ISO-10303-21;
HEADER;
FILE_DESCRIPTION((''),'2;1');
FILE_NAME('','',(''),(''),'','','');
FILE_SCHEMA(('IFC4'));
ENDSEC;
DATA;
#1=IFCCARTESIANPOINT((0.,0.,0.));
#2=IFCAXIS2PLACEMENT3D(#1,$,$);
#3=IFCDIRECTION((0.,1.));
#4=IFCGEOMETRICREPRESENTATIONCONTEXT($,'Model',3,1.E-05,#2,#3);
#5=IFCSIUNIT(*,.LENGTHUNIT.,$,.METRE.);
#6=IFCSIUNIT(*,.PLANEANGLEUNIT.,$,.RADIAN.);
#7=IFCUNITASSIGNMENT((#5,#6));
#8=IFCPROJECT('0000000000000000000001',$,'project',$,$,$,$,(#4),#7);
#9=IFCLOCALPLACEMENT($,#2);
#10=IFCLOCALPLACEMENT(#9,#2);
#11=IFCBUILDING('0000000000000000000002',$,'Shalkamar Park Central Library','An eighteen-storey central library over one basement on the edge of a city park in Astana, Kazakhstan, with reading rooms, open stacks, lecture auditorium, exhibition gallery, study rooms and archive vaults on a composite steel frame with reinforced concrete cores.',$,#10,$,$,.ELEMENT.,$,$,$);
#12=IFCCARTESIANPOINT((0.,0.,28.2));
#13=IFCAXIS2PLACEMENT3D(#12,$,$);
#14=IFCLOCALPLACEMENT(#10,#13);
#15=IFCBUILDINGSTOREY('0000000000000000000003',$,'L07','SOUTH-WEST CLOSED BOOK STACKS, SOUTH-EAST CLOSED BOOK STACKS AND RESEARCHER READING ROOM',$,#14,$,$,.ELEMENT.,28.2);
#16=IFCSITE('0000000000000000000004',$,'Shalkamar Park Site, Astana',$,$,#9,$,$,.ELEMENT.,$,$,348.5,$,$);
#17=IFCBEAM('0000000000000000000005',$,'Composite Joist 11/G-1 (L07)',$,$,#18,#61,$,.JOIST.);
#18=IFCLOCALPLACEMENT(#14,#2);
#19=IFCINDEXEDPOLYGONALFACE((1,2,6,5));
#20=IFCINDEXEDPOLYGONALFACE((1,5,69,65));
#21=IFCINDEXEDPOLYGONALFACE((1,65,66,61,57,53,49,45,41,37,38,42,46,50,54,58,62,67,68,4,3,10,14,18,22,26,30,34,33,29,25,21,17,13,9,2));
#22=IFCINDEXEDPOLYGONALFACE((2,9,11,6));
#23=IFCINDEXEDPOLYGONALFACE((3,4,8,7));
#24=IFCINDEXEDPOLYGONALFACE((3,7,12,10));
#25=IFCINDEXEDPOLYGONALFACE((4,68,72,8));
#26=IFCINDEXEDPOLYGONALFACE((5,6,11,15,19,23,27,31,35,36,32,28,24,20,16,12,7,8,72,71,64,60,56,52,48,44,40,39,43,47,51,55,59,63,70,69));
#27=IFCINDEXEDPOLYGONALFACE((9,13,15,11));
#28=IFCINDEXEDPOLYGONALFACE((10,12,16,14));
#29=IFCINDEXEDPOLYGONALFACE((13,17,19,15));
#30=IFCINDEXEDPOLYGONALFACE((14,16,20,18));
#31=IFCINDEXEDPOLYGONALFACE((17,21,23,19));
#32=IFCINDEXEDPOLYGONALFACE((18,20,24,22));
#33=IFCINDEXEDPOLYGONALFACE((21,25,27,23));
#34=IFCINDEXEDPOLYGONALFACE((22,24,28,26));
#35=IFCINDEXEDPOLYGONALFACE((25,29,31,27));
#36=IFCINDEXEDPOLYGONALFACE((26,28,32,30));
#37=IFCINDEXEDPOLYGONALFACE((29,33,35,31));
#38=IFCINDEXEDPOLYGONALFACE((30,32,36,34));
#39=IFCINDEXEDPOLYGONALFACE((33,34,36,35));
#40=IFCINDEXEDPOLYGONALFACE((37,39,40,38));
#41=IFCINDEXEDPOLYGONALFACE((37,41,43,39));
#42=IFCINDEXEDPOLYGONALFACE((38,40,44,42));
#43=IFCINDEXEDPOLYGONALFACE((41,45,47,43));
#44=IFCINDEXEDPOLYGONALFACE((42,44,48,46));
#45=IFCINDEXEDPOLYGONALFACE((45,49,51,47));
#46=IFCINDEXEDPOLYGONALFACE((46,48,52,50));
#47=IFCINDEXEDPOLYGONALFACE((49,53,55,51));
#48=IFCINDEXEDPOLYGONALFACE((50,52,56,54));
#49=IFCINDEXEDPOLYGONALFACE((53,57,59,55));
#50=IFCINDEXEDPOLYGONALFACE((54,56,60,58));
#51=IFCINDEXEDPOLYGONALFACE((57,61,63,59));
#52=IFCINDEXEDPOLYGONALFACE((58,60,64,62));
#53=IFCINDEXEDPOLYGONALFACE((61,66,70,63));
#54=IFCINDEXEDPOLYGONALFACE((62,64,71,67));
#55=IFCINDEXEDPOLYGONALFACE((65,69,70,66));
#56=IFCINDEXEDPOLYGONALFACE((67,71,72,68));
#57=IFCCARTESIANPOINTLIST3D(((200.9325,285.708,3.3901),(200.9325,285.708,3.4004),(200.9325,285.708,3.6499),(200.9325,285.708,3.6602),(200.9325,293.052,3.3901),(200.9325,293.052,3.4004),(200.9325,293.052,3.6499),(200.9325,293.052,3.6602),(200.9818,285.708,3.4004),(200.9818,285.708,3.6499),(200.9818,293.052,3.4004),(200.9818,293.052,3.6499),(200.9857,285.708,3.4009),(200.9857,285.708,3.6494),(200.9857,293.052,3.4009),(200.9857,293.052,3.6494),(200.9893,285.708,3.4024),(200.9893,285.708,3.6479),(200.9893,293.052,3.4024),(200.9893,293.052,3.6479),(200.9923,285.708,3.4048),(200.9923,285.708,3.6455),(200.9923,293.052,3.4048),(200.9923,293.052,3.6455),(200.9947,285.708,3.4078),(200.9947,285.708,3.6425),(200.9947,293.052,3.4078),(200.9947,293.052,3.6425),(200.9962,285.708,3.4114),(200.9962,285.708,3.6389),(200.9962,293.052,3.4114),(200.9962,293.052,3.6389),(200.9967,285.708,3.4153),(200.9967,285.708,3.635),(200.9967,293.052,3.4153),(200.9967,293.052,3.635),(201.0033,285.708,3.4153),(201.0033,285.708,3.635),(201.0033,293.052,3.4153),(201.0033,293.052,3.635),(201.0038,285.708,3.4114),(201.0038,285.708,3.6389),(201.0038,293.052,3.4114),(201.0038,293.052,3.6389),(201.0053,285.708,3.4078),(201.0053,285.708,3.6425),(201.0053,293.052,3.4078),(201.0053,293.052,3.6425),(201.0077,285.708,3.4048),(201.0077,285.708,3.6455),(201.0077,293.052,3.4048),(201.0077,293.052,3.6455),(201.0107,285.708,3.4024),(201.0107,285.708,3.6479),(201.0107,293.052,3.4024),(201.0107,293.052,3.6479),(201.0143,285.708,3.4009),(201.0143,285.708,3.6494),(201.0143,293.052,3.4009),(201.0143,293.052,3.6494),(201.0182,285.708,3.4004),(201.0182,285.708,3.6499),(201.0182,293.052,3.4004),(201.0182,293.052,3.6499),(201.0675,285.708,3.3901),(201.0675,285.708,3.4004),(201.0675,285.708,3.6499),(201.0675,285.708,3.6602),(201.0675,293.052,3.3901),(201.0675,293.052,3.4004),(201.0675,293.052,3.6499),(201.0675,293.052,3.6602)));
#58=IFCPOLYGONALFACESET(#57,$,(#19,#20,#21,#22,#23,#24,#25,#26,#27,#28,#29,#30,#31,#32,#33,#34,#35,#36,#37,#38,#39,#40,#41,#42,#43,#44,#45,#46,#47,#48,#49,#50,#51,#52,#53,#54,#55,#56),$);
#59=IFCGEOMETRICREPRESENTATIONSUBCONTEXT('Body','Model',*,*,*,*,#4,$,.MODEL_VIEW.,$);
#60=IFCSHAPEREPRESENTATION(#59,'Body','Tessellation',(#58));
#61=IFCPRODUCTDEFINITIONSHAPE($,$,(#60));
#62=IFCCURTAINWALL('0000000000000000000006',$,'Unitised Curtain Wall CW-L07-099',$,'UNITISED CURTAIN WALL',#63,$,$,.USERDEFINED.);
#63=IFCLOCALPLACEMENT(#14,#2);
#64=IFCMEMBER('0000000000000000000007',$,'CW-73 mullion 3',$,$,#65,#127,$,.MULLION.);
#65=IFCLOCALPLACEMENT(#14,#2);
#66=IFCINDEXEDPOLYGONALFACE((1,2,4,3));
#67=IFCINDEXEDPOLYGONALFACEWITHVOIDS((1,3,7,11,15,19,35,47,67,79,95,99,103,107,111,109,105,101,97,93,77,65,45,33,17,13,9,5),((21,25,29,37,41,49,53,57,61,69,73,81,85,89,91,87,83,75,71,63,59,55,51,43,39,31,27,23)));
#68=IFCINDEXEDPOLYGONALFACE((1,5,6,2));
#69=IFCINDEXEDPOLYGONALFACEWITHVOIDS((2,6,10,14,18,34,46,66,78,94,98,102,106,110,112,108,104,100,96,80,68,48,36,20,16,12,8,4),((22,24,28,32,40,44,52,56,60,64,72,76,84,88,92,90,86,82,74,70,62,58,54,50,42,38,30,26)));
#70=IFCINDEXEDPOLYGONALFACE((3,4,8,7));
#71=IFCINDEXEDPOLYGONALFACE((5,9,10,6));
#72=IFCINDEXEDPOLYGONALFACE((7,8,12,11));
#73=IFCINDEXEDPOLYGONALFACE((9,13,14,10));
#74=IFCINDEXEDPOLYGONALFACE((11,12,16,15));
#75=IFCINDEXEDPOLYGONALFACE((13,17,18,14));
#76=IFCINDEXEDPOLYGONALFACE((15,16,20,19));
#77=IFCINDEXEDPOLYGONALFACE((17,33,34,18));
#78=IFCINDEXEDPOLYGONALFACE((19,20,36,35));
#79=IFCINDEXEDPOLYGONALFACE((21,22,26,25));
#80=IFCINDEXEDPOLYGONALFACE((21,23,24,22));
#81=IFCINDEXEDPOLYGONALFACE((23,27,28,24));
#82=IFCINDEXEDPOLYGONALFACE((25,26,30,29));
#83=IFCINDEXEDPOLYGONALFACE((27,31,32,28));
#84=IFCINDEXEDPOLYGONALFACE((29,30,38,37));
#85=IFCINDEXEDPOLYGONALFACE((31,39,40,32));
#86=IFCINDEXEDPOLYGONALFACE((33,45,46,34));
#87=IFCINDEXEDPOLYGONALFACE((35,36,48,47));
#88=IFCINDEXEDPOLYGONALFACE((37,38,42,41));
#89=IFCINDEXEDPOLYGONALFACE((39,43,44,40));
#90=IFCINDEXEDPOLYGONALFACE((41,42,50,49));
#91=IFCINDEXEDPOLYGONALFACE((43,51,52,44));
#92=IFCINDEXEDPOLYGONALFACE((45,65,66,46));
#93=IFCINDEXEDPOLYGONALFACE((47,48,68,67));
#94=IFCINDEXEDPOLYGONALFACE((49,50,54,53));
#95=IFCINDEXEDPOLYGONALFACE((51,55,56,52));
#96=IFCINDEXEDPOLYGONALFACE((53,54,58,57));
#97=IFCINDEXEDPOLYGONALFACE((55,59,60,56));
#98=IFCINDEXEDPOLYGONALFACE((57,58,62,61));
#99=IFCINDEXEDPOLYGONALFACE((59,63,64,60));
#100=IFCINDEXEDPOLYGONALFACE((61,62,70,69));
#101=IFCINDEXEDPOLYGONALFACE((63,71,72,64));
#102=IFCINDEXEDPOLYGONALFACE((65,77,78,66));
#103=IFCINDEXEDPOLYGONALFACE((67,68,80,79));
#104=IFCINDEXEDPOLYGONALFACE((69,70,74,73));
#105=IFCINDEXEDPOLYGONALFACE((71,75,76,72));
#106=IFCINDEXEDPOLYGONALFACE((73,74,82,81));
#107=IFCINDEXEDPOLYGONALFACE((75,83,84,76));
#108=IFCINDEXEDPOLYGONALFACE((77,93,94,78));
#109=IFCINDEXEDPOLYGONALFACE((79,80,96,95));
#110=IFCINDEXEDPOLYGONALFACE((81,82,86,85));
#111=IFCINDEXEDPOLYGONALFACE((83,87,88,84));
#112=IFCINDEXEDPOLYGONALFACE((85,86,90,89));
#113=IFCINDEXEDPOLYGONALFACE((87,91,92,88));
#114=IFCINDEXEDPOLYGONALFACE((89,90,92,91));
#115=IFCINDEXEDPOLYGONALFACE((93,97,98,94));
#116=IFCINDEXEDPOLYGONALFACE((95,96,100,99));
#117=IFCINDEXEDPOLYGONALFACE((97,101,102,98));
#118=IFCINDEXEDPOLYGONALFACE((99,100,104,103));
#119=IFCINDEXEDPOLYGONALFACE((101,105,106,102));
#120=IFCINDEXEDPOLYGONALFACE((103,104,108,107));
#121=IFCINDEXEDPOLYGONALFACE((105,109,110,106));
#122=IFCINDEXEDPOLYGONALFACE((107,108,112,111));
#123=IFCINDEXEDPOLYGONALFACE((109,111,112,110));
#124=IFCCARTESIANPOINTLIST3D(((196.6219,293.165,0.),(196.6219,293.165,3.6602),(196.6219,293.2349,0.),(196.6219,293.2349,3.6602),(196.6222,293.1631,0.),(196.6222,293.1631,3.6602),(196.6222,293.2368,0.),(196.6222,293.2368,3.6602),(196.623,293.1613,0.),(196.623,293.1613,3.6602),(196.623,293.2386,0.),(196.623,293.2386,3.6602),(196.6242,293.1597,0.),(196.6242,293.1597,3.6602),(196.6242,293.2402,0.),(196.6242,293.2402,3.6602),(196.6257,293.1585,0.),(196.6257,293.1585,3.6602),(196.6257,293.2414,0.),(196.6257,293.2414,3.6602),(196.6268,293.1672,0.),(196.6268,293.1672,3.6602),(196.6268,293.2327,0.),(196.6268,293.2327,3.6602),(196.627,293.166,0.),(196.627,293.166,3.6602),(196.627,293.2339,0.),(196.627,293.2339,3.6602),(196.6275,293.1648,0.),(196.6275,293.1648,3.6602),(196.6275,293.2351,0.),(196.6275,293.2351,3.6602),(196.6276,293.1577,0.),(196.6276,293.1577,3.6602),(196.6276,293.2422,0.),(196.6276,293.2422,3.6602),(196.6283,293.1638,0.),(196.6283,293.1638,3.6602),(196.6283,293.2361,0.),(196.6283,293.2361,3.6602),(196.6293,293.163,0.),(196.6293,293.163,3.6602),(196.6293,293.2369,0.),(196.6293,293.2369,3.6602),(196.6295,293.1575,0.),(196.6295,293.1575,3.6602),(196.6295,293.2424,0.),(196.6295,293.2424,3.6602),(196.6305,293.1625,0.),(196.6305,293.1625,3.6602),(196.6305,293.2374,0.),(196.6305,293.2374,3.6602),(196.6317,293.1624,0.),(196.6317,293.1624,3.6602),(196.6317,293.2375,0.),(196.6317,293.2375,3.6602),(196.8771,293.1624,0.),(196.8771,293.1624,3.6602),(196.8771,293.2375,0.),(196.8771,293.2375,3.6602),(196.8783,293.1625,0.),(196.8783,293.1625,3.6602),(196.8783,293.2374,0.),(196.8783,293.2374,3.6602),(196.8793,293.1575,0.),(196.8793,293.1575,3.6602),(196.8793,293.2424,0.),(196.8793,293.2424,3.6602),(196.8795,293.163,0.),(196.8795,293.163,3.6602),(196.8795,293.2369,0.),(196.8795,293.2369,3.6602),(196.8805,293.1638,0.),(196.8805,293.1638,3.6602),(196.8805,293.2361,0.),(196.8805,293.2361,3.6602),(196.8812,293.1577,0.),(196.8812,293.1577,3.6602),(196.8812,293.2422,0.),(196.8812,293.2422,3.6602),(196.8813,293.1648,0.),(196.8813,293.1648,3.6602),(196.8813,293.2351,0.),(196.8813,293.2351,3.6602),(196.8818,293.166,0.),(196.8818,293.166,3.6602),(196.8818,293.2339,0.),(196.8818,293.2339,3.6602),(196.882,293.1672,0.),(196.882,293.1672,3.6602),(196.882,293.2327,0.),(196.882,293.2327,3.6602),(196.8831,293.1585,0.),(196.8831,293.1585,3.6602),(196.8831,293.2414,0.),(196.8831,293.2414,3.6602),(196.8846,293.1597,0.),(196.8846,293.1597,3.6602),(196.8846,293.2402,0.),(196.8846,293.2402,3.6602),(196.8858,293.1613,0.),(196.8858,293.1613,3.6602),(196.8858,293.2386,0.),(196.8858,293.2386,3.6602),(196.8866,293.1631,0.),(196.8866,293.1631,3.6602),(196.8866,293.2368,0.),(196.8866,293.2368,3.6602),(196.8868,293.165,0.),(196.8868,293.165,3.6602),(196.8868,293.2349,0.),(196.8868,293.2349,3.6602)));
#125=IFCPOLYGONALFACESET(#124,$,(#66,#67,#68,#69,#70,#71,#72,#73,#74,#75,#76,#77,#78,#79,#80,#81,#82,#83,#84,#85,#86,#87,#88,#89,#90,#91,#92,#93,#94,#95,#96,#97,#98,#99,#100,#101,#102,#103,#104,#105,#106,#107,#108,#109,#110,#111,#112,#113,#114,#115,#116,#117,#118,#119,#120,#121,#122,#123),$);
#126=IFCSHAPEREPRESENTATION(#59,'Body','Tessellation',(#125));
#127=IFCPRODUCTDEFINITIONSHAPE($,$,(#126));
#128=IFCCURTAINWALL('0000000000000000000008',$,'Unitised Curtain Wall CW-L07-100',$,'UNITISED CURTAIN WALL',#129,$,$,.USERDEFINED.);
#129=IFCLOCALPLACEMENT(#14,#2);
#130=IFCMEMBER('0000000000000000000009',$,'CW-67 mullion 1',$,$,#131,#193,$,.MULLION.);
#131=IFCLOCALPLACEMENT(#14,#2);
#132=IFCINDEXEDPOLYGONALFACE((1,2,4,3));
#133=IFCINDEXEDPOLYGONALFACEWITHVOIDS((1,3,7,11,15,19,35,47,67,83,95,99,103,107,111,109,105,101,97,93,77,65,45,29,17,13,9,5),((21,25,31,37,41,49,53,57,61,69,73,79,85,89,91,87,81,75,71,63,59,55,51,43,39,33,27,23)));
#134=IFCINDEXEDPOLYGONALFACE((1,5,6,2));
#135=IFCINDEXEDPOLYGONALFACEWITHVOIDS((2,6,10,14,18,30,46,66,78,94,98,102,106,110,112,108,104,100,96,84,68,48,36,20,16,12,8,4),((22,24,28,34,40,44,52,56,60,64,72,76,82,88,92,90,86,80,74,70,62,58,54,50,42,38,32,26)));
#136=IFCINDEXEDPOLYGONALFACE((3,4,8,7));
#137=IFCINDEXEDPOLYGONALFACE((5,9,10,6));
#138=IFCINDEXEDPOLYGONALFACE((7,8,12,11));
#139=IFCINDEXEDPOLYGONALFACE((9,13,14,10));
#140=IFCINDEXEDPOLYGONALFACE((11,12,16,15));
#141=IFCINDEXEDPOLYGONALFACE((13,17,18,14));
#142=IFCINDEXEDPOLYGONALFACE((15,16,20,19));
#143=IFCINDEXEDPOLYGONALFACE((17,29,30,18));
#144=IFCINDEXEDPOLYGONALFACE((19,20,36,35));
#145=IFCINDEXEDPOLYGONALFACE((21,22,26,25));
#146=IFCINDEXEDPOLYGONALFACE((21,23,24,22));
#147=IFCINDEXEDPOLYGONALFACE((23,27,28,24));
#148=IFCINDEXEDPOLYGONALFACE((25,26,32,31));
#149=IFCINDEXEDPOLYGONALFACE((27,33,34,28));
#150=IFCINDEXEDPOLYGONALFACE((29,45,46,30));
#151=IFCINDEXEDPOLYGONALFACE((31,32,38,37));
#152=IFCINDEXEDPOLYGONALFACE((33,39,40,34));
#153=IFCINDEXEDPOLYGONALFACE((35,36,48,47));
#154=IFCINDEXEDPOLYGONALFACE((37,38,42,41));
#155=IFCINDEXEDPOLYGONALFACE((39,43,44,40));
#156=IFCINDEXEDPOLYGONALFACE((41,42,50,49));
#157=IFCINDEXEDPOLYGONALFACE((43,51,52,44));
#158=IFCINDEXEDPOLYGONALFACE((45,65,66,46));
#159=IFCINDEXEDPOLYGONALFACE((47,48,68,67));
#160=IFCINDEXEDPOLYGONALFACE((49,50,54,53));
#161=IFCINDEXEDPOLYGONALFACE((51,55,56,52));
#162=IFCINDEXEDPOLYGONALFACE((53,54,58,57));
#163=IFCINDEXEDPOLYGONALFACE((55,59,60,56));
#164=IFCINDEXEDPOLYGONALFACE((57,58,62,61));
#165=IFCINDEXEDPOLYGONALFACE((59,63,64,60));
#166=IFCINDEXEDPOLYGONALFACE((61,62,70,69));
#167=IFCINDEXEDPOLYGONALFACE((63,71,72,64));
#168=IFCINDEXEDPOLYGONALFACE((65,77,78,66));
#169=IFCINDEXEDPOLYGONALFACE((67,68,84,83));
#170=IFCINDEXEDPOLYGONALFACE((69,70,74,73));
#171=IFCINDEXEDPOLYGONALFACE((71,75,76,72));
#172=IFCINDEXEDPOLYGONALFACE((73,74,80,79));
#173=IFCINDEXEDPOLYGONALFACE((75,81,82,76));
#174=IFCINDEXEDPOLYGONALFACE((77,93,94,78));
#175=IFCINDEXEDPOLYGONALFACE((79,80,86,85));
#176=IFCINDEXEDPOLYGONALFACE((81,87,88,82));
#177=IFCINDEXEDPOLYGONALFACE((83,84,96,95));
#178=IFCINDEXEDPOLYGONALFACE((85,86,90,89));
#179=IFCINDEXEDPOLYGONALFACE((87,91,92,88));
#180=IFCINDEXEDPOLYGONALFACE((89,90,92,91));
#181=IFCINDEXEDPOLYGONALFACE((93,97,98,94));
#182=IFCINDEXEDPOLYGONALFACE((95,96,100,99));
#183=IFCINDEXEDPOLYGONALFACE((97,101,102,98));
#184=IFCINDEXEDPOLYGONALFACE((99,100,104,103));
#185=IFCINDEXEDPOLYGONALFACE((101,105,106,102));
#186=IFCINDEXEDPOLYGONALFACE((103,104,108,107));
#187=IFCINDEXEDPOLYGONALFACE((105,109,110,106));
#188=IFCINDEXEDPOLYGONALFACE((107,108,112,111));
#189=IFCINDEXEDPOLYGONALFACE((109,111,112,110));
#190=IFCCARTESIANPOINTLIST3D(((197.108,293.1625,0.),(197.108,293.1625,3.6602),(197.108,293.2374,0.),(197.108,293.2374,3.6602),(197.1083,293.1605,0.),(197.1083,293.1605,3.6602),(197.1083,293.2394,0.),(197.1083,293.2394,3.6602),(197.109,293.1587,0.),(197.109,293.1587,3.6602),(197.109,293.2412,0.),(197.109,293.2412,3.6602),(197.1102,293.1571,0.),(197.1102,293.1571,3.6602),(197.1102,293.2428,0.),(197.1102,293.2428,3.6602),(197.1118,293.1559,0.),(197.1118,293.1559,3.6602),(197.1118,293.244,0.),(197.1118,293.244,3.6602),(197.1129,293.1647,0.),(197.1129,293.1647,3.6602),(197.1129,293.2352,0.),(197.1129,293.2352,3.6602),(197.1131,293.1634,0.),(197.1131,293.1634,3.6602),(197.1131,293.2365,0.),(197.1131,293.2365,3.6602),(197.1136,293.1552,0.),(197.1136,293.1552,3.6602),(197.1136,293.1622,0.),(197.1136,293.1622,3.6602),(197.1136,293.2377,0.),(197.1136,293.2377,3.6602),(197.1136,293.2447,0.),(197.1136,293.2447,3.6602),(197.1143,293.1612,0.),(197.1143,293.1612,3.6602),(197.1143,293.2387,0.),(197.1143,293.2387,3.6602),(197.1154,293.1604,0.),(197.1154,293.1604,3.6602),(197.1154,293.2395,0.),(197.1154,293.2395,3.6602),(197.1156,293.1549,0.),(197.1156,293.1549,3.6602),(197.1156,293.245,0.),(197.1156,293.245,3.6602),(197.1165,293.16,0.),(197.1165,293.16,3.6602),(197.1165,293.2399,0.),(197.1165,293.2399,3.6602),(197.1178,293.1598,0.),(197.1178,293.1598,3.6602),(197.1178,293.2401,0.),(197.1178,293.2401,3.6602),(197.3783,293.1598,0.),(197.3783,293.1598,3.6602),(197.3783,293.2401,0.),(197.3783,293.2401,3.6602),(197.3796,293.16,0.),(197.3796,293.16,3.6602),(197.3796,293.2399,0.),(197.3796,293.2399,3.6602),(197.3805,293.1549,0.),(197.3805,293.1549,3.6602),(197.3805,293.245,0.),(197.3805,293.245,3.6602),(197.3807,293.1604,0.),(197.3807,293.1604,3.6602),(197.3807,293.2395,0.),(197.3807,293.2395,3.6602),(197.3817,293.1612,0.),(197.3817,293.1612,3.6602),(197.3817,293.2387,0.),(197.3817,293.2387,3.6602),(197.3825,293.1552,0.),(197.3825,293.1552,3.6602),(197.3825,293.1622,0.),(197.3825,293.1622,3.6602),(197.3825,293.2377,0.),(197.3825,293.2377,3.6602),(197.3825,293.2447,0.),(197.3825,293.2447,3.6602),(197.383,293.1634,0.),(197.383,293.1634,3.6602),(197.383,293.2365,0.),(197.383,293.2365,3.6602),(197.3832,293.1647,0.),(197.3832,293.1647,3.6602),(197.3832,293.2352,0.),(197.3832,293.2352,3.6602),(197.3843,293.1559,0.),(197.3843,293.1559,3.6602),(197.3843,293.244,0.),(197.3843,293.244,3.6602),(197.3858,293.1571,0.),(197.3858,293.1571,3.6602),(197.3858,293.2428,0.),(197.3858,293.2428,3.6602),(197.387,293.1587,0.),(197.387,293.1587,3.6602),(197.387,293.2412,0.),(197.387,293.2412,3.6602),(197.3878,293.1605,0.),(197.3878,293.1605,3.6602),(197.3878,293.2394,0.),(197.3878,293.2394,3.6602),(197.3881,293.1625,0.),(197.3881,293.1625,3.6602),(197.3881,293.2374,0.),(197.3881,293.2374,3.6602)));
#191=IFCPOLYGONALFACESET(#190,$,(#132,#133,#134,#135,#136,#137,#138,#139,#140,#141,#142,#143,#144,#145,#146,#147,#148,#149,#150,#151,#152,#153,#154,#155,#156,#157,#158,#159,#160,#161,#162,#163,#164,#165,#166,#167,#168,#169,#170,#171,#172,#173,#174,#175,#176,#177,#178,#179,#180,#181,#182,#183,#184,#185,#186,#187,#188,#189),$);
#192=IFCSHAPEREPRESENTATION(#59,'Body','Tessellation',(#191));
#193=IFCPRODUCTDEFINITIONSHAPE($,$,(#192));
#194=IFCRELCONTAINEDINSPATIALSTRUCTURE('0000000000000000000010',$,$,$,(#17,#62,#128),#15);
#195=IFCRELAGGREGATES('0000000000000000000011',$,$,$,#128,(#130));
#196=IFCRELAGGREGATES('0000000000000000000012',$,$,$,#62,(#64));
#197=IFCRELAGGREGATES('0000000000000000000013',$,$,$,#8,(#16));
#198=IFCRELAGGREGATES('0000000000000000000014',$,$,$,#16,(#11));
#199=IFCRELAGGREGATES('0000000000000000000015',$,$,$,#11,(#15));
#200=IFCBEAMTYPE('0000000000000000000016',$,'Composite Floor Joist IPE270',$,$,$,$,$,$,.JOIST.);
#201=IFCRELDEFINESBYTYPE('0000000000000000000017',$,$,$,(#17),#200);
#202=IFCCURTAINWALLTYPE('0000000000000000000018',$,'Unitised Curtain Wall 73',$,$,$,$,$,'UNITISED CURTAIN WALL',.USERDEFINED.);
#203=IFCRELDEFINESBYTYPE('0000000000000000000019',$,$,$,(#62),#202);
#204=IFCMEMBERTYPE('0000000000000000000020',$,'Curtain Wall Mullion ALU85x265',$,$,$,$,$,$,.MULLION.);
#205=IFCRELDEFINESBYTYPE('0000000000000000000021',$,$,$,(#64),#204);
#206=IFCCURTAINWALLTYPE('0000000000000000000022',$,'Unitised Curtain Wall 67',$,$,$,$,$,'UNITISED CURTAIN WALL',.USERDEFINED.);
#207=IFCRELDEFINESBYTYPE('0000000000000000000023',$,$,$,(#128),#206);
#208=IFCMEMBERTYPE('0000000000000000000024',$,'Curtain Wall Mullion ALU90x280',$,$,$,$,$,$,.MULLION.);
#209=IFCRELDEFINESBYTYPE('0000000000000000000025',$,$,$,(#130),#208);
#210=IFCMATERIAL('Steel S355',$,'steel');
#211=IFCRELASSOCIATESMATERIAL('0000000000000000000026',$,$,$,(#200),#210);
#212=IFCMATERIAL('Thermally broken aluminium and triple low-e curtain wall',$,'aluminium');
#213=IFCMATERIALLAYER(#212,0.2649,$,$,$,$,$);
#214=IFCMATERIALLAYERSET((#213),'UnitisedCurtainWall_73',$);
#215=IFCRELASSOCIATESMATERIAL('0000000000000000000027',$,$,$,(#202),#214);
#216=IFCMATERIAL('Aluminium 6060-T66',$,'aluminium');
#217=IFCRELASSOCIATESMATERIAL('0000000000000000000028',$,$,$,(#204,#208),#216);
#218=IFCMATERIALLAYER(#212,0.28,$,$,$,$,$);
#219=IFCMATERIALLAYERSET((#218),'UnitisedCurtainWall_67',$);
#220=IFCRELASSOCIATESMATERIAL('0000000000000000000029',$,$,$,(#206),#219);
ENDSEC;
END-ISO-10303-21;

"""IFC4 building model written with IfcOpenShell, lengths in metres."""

from ifc_helpers import new_model, si_unit, direction, frame, origin, origin_2d, place, context, subcontext, project, spatial, hollow_rectangle, i_section, extrude, material, layer, layer_set, material_profile, profile_set, type_object, element, aggregate, save


model = new_model("IFC4")

# Units and contexts
model_context = context("Model", 3, precision=1e-05, world=origin(), true_north=direction((0.0, 1.0)))
body_context = subcontext(model_context, "Body", "Model", "MODEL_VIEW")
ifc_project = project(units=[si_unit("LENGTHUNIT", "METRE"), si_unit("PLANEANGLEUNIT", "RADIAN")], contexts=[model_context])

# Site, building, storey
site_placement = place(None, origin())
site = spatial("IfcSite", under=ifc_project, at=site_placement, Name="Shalkamar Park Site, Astana", CompositionType="ELEMENT", RefElevation=348.5)
building_placement = place(site_placement, origin())
building = spatial("IfcBuilding", under=site, at=building_placement, Name="Shalkamar Park Central Library", Description="An eighteen-storey central library over one basement on the edge of a city park in Astana, Kazakhstan, with reading rooms, open stacks, lecture auditorium, exhibition gallery, study rooms and archive vaults on a composite steel frame with reinforced concrete cores.", CompositionType="ELEMENT")
storey_placement = place(building_placement, frame((0.0, 0.0, 28.2)))
storey = spatial("IfcBuildingStorey", under=building, at=storey_placement, Name="L07", Description="SOUTH-WEST CLOSED BOOK STACKS, SOUTH-EAST CLOSED BOOK STACKS AND RESEARCHER READING ROOM", CompositionType="ELEMENT", Elevation=28.2)

# Shared definitions
ifc_material_1 = material(Name="Steel S355", Category="steel")

# Beam
ifc_material_profile_1 = material_profile(ifc_material_1, i_section(OverallWidth=0.135, OverallDepth=0.27, WebThickness=0.0066, FlangeThickness=0.0103, FilletRadius=0.0149, at=origin_2d()), Name="IPE 270")
ifc_profile_set_1 = profile_set([ifc_material_profile_1], Name="Steel S355")
beam_type_1 = type_object("IfcBeamType", Name="Composite Floor Joist IPE270", PredefinedType="JOIST", material=ifc_profile_set_1)
beam_1_placement = place(storey_placement, frame((201.0, 285.708, 3.5251), z_axis=(0.0, 1.0, 0.0), x_axis=(-1.0, 0.0, 0.0)))
element("IfcBeam", 1, at=beam_1_placement, inside=storey, type_object=beam_type_1, Name="Composite Joist 11/G-1 (L07)", PredefinedType="JOIST", context=body_context, shape_type="SweptSolid", body=[
    extrude(i_section(OverallWidth=0.135, OverallDepth=0.27, WebThickness=0.0066, FlangeThickness=0.0103, FilletRadius=0.0149, at=origin_2d()), origin(), (0.0, 0.0, 1.0), 7.344),
])

# Curtain wall, member
ifc_material_2 = material(Name="Thermally broken aluminium and triple low-e curtain wall", Category="aluminium")
ifc_layer_1 = layer(ifc_material_2, 0.2649)
ifc_layer_set_1 = layer_set([ifc_layer_1], Name="UnitisedCurtainWall_73")
curtain_wall_type_1 = type_object("IfcCurtainWallType", Name="Unitised Curtain Wall 73", ElementType="UNITISED CURTAIN WALL", PredefinedType="USERDEFINED", material=ifc_layer_set_1)
curtain_wall_1_placement = place(storey_placement, origin())
curtain_wall_1 = element("IfcCurtainWall", 2, at=curtain_wall_1_placement, inside=storey, type_object=curtain_wall_type_1, Name="Unitised Curtain Wall CW-L07-099", ObjectType="UNITISED CURTAIN WALL", PredefinedType="USERDEFINED")
ifc_material_3 = material(Name="Aluminium 6060-T66", Category="aluminium")
ifc_material_profile_2 = material_profile(ifc_material_3, hollow_rectangle(XDim=0.085, YDim=0.2649, WallThickness=0.0049, InnerFilletRadius=0.0049, OuterFilletRadius=0.0076, at=origin_2d()), Name="ALU 85x265x5")
ifc_profile_set_2 = profile_set([ifc_material_profile_2], Name="Aluminium 6060-T66")
member_type_1 = type_object("IfcMemberType", Name="Curtain Wall Mullion ALU85x265", PredefinedType="MULLION", material=ifc_profile_set_2)
member_1_placement = place(storey_placement, frame((196.7544, 293.2, 0.0), z_axis=(0.0, 0.0, 1.0), x_axis=(0.0, 1.0, 0.0)))
member_1 = element("IfcMember", 3, at=member_1_placement, type_object=member_type_1, Name="CW-73 mullion 3", PredefinedType="MULLION", context=body_context, shape_type="SweptSolid", body=[
    extrude(hollow_rectangle(XDim=0.085, YDim=0.2649, WallThickness=0.0049, InnerFilletRadius=0.0049, OuterFilletRadius=0.0076, at=origin_2d()), origin(), (0.0, 0.0, 1.0), 3.6602),
])

# Curtain wall, member
ifc_layer_2 = layer(ifc_material_2, 0.28)
ifc_layer_set_2 = layer_set([ifc_layer_2], Name="UnitisedCurtainWall_67")
curtain_wall_type_2 = type_object("IfcCurtainWallType", Name="Unitised Curtain Wall 67", ElementType="UNITISED CURTAIN WALL", PredefinedType="USERDEFINED", material=ifc_layer_set_2)
curtain_wall_2_placement = place(storey_placement, origin())
curtain_wall_2 = element("IfcCurtainWall", 4, at=curtain_wall_2_placement, inside=storey, type_object=curtain_wall_type_2, Name="Unitised Curtain Wall CW-L07-100", ObjectType="UNITISED CURTAIN WALL", PredefinedType="USERDEFINED")
ifc_material_profile_3 = material_profile(ifc_material_3, hollow_rectangle(XDim=0.0901, YDim=0.28, WallThickness=0.0049, InnerFilletRadius=0.0049, OuterFilletRadius=0.0076, at=origin_2d()), Name="ALU 90x280x5")
ifc_profile_set_3 = profile_set([ifc_material_profile_3], Name="Aluminium 6060-T66")
member_type_2 = type_object("IfcMemberType", Name="Curtain Wall Mullion ALU90x280", PredefinedType="MULLION", material=ifc_profile_set_3)
member_2_placement = place(storey_placement, frame((197.248, 293.2, 0.0), z_axis=(0.0, 0.0, 1.0), x_axis=(0.0, 1.0, 0.0)))
member_2 = element("IfcMember", 5, at=member_2_placement, type_object=member_type_2, Name="CW-67 mullion 1", PredefinedType="MULLION", context=body_context, shape_type="SweptSolid", body=[
    extrude(hollow_rectangle(XDim=0.0901, YDim=0.28, WallThickness=0.0049, InnerFilletRadius=0.0049, OuterFilletRadius=0.0076, at=origin_2d()), origin(), (0.0, 0.0, 1.0), 3.6602),
])

aggregate(curtain_wall_2, [member_2])
aggregate(curtain_wall_1, [member_1])

save(model, "model.ifc")
